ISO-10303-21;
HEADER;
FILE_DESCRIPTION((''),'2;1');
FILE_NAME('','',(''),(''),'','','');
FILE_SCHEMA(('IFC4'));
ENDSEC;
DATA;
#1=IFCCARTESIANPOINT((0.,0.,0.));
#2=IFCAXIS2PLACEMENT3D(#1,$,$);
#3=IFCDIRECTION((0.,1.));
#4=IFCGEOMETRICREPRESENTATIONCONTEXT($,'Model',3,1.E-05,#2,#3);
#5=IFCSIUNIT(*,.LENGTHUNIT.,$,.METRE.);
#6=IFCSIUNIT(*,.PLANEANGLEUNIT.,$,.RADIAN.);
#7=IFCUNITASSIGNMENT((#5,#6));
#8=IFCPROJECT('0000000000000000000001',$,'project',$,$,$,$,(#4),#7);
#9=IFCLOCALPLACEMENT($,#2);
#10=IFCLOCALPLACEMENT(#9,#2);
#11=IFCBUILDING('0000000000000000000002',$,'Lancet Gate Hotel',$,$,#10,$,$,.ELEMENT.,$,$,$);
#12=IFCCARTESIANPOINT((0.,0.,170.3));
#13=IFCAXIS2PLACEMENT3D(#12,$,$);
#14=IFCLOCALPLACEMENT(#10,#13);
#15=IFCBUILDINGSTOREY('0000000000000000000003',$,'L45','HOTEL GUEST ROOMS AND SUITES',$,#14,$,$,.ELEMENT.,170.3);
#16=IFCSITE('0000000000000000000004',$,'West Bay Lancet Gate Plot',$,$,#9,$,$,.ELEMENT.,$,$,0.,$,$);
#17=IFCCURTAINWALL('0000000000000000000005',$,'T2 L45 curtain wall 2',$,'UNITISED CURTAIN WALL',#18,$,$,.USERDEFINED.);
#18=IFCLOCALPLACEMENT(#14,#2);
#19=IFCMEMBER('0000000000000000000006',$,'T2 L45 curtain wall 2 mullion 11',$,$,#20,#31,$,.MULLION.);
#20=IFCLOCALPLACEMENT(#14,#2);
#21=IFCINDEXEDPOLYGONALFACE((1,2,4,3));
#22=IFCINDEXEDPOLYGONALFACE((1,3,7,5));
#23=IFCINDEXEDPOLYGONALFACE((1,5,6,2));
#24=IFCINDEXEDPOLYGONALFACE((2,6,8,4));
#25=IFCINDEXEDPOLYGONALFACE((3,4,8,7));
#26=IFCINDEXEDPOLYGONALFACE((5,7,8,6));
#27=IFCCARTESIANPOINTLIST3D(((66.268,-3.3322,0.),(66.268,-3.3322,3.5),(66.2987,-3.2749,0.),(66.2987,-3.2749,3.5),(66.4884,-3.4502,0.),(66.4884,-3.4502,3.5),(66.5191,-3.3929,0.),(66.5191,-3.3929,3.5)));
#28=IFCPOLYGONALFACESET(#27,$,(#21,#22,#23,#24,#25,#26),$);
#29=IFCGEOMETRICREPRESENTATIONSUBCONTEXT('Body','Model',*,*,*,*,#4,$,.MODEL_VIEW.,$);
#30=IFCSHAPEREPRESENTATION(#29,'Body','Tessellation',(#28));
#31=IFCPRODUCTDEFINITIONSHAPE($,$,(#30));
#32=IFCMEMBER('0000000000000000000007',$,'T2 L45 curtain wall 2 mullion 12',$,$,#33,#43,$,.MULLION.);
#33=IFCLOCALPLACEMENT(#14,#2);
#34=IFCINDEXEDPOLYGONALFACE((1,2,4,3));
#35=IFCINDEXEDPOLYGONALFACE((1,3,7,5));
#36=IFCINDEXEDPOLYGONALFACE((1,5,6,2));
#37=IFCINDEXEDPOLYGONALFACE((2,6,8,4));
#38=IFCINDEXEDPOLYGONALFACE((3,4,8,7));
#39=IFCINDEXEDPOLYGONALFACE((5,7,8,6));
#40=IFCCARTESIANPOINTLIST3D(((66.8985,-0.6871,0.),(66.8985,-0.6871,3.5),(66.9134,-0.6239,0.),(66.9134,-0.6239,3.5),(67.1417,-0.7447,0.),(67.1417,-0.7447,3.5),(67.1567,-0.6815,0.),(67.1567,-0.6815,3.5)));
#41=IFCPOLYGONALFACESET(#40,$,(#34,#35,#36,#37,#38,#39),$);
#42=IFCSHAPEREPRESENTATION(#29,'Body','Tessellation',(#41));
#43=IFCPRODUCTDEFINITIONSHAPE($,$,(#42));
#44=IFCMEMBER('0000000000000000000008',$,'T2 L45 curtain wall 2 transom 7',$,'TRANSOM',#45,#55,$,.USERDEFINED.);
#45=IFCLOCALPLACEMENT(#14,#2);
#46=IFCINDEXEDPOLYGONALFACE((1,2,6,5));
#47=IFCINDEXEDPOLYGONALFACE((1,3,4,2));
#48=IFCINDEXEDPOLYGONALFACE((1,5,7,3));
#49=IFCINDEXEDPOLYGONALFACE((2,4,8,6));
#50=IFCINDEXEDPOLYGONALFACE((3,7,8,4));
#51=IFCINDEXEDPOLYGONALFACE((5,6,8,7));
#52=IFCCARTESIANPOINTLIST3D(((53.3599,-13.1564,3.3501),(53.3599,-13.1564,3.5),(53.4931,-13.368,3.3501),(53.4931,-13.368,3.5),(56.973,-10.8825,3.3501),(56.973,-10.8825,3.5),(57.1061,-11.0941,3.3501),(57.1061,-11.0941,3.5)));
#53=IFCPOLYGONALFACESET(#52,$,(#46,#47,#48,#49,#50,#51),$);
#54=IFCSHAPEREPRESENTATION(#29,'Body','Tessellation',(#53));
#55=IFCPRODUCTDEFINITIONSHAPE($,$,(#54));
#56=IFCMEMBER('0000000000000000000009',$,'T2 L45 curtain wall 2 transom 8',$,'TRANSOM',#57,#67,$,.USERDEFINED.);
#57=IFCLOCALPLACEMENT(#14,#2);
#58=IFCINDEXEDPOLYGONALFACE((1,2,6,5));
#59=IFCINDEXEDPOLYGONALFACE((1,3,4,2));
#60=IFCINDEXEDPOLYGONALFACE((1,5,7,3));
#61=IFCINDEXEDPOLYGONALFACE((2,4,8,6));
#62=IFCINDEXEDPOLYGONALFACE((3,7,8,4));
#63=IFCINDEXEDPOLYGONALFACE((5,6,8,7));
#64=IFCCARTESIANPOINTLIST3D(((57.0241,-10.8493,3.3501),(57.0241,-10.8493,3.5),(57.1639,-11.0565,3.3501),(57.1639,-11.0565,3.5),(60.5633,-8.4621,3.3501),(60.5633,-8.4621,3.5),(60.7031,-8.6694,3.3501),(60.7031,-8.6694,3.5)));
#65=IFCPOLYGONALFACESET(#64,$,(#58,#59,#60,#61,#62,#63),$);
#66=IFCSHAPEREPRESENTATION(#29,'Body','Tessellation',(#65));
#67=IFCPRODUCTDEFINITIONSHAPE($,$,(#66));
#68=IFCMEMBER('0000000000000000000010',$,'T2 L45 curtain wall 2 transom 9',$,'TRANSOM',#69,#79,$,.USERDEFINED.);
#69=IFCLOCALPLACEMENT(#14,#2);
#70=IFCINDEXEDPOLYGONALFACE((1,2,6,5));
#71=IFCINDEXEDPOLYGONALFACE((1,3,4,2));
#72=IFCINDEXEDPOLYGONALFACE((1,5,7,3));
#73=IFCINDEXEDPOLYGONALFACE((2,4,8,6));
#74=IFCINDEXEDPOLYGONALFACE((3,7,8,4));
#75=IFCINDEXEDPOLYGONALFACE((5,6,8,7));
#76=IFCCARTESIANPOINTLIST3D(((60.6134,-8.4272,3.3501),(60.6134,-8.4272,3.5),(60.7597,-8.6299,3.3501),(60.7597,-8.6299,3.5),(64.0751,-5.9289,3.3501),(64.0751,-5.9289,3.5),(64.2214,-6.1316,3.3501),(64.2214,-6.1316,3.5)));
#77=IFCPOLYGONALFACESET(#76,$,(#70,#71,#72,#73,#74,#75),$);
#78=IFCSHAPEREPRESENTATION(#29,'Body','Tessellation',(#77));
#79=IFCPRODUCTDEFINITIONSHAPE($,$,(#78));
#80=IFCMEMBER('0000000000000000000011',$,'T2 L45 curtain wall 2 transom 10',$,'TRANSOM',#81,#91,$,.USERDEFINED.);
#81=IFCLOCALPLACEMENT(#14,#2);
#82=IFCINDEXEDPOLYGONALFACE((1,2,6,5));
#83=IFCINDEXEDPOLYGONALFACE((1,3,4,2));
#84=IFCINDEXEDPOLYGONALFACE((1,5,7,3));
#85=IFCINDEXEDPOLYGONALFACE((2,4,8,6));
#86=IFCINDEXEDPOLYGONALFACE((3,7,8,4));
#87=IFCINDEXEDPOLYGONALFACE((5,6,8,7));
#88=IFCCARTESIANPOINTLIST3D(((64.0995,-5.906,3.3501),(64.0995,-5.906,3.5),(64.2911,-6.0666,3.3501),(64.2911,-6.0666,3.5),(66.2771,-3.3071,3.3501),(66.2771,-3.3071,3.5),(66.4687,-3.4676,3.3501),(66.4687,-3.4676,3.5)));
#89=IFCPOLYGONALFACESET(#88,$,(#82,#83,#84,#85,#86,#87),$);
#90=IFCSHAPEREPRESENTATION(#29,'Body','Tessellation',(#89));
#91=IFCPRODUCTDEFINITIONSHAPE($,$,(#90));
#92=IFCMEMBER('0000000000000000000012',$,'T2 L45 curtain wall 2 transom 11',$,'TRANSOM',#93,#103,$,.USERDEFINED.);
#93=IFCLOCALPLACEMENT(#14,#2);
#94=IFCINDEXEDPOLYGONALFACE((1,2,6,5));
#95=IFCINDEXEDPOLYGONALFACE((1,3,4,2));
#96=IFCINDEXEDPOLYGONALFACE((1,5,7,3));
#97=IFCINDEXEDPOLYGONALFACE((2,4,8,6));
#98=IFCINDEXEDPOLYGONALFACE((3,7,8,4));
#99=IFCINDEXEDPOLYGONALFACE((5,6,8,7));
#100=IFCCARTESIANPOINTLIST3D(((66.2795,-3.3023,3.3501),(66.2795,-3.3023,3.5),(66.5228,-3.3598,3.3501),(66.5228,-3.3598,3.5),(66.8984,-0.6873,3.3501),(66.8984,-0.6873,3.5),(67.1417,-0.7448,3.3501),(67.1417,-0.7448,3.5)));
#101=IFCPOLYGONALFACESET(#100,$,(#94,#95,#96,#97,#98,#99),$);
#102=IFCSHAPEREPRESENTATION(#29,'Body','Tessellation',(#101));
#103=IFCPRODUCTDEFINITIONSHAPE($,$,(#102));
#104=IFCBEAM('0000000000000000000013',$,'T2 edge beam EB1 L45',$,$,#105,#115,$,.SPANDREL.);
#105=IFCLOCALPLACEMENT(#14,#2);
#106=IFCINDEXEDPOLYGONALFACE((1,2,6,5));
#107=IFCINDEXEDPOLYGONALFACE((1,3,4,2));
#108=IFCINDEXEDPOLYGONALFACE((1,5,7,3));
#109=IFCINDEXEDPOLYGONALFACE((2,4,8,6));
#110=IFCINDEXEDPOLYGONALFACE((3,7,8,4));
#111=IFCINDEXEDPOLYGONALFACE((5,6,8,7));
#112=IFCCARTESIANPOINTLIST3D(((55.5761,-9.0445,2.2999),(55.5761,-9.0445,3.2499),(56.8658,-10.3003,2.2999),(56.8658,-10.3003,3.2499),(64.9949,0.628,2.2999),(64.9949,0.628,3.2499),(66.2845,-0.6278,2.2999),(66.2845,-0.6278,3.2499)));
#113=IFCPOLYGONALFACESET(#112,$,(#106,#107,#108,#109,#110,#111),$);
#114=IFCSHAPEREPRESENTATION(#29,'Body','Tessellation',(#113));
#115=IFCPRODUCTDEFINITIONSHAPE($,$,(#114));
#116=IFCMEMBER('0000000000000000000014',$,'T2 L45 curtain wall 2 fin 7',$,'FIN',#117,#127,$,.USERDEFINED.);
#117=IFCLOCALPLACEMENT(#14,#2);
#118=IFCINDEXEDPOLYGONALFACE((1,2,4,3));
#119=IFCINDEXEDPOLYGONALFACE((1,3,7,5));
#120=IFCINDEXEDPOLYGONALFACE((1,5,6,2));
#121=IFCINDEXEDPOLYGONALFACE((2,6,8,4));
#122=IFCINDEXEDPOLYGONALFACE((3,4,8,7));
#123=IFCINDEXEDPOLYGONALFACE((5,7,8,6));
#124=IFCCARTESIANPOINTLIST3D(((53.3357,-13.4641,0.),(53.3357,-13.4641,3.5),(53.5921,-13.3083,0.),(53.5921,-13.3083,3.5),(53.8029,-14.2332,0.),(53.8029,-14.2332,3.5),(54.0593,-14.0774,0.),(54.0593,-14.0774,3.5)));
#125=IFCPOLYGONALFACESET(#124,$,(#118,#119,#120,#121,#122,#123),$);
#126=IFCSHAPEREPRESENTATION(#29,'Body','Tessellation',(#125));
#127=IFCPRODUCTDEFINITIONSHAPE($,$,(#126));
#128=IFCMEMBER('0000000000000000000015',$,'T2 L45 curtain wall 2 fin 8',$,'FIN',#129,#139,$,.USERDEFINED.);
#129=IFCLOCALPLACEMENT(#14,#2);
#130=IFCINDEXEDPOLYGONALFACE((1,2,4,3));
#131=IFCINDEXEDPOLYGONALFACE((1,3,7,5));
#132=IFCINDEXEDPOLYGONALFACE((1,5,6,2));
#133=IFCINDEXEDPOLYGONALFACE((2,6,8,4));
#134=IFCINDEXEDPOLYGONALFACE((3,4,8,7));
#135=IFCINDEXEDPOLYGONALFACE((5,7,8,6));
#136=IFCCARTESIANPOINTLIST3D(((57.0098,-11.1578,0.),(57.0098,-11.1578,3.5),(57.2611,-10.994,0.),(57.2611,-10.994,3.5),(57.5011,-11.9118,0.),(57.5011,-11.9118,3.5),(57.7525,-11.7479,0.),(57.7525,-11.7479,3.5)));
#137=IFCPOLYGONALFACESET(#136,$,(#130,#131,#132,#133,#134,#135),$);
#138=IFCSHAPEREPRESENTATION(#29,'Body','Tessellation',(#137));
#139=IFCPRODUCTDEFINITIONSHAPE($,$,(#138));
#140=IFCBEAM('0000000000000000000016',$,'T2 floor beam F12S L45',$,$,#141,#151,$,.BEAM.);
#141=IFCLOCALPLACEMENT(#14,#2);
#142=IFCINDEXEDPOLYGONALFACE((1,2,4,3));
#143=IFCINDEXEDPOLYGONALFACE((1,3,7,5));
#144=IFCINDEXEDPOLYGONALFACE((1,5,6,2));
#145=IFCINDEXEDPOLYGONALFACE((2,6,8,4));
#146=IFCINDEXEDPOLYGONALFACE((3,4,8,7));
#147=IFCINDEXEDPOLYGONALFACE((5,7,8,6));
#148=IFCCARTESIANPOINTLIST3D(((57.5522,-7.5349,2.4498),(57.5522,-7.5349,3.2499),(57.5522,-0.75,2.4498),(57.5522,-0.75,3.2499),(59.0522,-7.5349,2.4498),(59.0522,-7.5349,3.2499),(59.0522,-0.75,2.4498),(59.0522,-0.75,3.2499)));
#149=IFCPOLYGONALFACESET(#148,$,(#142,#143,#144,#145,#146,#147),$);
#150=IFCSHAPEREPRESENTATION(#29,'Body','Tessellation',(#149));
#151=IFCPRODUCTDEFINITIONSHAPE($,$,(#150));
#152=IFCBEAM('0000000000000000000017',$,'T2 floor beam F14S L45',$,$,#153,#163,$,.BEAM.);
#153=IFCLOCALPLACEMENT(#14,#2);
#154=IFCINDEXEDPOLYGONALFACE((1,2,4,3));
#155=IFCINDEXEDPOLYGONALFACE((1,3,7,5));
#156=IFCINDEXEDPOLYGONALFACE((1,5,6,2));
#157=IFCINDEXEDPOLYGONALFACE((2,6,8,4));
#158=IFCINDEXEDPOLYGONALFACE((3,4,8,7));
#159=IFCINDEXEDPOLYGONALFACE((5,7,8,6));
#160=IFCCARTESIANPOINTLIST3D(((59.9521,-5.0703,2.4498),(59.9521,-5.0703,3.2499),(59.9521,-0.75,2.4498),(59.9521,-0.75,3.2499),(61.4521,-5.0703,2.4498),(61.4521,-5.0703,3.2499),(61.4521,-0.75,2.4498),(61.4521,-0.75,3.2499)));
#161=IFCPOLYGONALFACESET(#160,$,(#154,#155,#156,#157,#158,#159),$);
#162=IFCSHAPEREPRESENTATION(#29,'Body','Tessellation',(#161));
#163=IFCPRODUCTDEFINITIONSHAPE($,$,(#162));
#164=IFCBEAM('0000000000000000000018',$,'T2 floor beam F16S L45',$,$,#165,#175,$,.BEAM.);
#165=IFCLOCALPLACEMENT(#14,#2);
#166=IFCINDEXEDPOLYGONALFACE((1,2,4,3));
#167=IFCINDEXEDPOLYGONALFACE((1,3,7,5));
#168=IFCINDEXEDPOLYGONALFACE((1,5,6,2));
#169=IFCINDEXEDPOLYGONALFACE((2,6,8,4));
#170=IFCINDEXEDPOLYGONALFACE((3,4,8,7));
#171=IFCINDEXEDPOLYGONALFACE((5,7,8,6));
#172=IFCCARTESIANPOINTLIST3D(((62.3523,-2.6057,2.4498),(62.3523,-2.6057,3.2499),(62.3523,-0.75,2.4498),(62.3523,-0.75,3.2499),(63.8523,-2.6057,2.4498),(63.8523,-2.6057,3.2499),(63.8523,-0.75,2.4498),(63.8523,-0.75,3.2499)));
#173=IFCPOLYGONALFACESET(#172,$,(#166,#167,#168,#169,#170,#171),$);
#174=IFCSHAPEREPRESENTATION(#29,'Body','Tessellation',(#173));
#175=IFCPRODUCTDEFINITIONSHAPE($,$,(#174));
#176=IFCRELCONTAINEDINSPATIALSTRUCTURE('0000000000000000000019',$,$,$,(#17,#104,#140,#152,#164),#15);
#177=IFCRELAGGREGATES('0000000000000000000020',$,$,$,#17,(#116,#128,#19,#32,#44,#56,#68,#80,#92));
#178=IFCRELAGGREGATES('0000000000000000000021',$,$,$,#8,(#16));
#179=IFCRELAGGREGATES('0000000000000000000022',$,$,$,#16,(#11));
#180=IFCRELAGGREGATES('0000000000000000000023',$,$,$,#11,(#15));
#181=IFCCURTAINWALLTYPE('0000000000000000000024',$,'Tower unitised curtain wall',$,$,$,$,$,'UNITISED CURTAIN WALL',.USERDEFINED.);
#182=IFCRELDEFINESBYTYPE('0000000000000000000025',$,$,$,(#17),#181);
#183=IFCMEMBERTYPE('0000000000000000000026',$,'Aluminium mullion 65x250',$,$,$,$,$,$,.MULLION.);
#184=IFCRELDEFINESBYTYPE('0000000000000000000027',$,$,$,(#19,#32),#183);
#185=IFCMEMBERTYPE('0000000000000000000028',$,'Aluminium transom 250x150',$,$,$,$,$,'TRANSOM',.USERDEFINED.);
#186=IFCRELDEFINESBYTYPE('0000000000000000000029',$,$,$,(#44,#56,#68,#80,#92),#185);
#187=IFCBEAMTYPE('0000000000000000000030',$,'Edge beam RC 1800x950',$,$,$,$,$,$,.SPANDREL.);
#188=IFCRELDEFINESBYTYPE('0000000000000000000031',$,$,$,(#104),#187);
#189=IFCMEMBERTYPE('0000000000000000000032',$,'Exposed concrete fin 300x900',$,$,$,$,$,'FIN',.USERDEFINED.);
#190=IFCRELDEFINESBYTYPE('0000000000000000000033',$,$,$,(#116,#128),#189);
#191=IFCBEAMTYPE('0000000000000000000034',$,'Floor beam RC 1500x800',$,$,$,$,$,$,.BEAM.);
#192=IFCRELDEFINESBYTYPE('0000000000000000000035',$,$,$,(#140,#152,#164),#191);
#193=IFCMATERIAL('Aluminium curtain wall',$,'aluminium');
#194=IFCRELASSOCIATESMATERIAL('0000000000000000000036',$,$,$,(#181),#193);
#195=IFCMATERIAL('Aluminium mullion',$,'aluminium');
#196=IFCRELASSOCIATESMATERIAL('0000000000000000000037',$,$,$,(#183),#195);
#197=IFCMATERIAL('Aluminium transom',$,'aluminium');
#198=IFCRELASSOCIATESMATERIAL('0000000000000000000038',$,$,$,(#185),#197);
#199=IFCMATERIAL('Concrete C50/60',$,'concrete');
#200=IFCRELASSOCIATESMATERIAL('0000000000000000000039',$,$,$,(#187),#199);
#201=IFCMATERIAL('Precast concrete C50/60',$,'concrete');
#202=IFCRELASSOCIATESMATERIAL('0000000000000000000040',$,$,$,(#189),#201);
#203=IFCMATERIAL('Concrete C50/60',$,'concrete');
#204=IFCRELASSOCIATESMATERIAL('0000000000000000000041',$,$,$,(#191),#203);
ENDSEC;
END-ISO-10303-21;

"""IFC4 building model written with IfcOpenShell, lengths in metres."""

from ifc_helpers import new_model, si_unit, direction, frame, origin, origin_2d, place, context, subcontext, project, spatial, rectangle, extrude, material, material_profile, profile_set, type_object, element, aggregate, save


model = new_model("IFC4")

# Units and contexts
model_context = context("Model", 3, precision=1e-05, world=origin(), true_north=direction((0.0, 1.0)))
body_context = subcontext(model_context, "Body", "Model", "MODEL_VIEW")
ifc_project = project(units=[si_unit("LENGTHUNIT", "METRE"), si_unit("PLANEANGLEUNIT", "RADIAN")], contexts=[model_context])

# Site, building, storey
site_placement = place(None, origin())
site = spatial("IfcSite", under=ifc_project, at=site_placement, Name="West Bay Lancet Gate Plot", CompositionType="ELEMENT", RefElevation=0.0)
building_placement = place(site_placement, origin())
building = spatial("IfcBuilding", under=site, at=building_placement, Name="Lancet Gate Hotel", CompositionType="ELEMENT")
storey_placement = place(building_placement, frame((0.0, 0.0, 170.3)))
storey = spatial("IfcBuildingStorey", under=building, at=storey_placement, Name="L45", Description="HOTEL GUEST ROOMS AND SUITES", CompositionType="ELEMENT", Elevation=170.3)

# Curtain wall, members
ifc_material_1 = material(Name="Aluminium curtain wall", Category="aluminium")
curtain_wall_type = type_object("IfcCurtainWallType", Name="Tower unitised curtain wall", ElementType="UNITISED CURTAIN WALL", PredefinedType="USERDEFINED", material=ifc_material_1)
curtain_wall_placement = place(storey_placement, origin())
curtain_wall = element("IfcCurtainWall", 1, at=curtain_wall_placement, inside=storey, type_object=curtain_wall_type, Name="T2 L45 curtain wall 2", ObjectType="UNITISED CURTAIN WALL", PredefinedType="USERDEFINED")
ifc_material_2 = material(Name="Aluminium mullion", Category="aluminium")
ifc_material_profile_1 = material_profile(ifc_material_2, rectangle(XDim=0.0649, YDim=0.25, at=origin_2d()), Name="MULLION 65x250")
ifc_profile_set_1 = profile_set([ifc_material_profile_1], Name="Aluminium mullion")
member_type_1 = type_object("IfcMemberType", Name="Aluminium mullion 65x250", PredefinedType="MULLION", material=ifc_profile_set_1)
member_1_placement = place(storey_placement, frame((66.3936, -3.3625, 0.0), z_axis=(0.0, 0.0, 1.0), x_axis=(0.472146, 0.88152, 0.0)))
member_1 = element("IfcMember", 2, at=member_1_placement, type_object=member_type_1, Name="T2 L45 curtain wall 2 mullion 11", PredefinedType="MULLION", context=body_context, shape_type="SweptSolid", body=[
    extrude(rectangle(XDim=0.0649, YDim=0.25, at=origin_2d()), origin(), (0.0, 0.0, 1.0), 3.5),
])
member_2_placement = place(storey_placement, frame((67.0276, -0.6843, 0.0), z_axis=(0.0, 0.0, 1.0), x_axis=(0.230367, 0.973104, 0.0)))
member_2 = element("IfcMember", 3, at=member_2_placement, type_object=member_type_1, Name="T2 L45 curtain wall 2 mullion 12", PredefinedType="MULLION", context=body_context, shape_type="SweptSolid", body=[
    extrude(rectangle(XDim=0.0649, YDim=0.25, at=origin_2d()), origin(), (0.0, 0.0, 1.0), 3.5),
])
ifc_material_3 = material(Name="Aluminium transom", Category="aluminium")
ifc_material_profile_2 = material_profile(ifc_material_3, rectangle(XDim=0.25, YDim=0.1499, at=origin_2d()), Name="TRANSOM 250x150")
ifc_profile_set_2 = profile_set([ifc_material_profile_2], Name="Aluminium transom")
member_type_2 = type_object("IfcMemberType", Name="Aluminium transom 250x150", ElementType="TRANSOM", PredefinedType="USERDEFINED", material=ifc_profile_set_2)
member_3_placement = place(storey_placement, frame((53.4265, -13.2622, 3.425), z_axis=(0.846333, 0.532654, 0.0), x_axis=(-0.532654, 0.846333, 0.0)))
member_3 = element("IfcMember", 4, at=member_3_placement, type_object=member_type_2, Name="T2 L45 curtain wall 2 transom 7", ObjectType="TRANSOM", PredefinedType="USERDEFINED", context=body_context, shape_type="SweptSolid", body=[
    extrude(rectangle(XDim=0.25, YDim=0.1499, at=origin_2d()), origin(), (0.0, 0.0, 1.0), 4.269),
])
member_4_placement = place(storey_placement, frame((57.094, -10.9529, 3.425), z_axis=(0.829047, 0.559179, 0.0), x_axis=(-0.559179, 0.829047, 0.0)))
member_4 = element("IfcMember", 5, at=member_4_placement, type_object=member_type_2, Name="T2 L45 curtain wall 2 transom 8", ObjectType="TRANSOM", PredefinedType="USERDEFINED", context=body_context, shape_type="SweptSolid", body=[
    extrude(rectangle(XDim=0.25, YDim=0.1499, at=origin_2d()), origin(), (0.0, 0.0, 1.0), 4.269),
])
member_5_placement = place(storey_placement, frame((60.6865, -8.5286, 3.425), z_axis=(0.81088, 0.585213, 0.0), x_axis=(-0.585213, 0.81088, 0.0)))
member_5 = element("IfcMember", 6, at=member_5_placement, type_object=member_type_2, Name="T2 L45 curtain wall 2 transom 9", ObjectType="TRANSOM", PredefinedType="USERDEFINED", context=body_context, shape_type="SweptSolid", body=[
    extrude(rectangle(XDim=0.25, YDim=0.1499, at=origin_2d()), origin(), (0.0, 0.0, 1.0), 4.269),
])
member_6_placement = place(storey_placement, frame((64.1953, -5.9863, 3.425), z_axis=(0.642229, 0.766513, 0.0), x_axis=(-0.766513, 0.642229, 0.0)))
member_6 = element("IfcMember", 7, at=member_6_placement, type_object=member_type_2, Name="T2 L45 curtain wall 2 transom 10", ObjectType="TRANSOM", PredefinedType="USERDEFINED", context=body_context, shape_type="SweptSolid", body=[
    extrude(rectangle(XDim=0.25, YDim=0.1499, at=origin_2d()), origin(), (0.0, 0.0, 1.0), 3.3906),
])
member_7_placement = place(storey_placement, frame((66.4011, -3.3311, 3.425), z_axis=(0.23031, 0.973117, 0.0), x_axis=(-0.973117, 0.23031, 0.0)))
member_7 = element("IfcMember", 8, at=member_7_placement, type_object=member_type_2, Name="T2 L45 curtain wall 2 transom 11", ObjectType="TRANSOM", PredefinedType="USERDEFINED", context=body_context, shape_type="SweptSolid", body=[
    extrude(rectangle(XDim=0.25, YDim=0.1499, at=origin_2d()), origin(), (0.0, 0.0, 1.0), 2.6873),
])

# Beam
ifc_material_4 = material(Name="Concrete C50/60", Category="concrete")
ifc_material_profile_3 = material_profile(ifc_material_4, rectangle(XDim=1.8, YDim=0.95, at=origin_2d()), Name="RC 1800x950")
ifc_profile_set_3 = profile_set([ifc_material_profile_3], Name="Concrete C50/60")
beam_type_1 = type_object("IfcBeamType", Name="Edge beam RC 1800x950", PredefinedType="SPANDREL", material=ifc_profile_set_3)
beam_1_placement = place(storey_placement, frame((56.2209, -9.6724, 2.7749), z_axis=(0.69765, 0.716439, 0.0), x_axis=(-0.716439, 0.69765, 0.0)))
element("IfcBeam", 9, at=beam_1_placement, inside=storey, type_object=beam_type_1, Name="T2 edge beam EB1 L45", PredefinedType="SPANDREL", context=body_context, shape_type="SweptSolid", body=[
    extrude(rectangle(XDim=1.8, YDim=0.95, at=origin_2d()), origin(), (0.0, 0.0, 1.0), 13.5007),
])

# Members
ifc_material_5 = material(Name="Precast concrete C50/60", Category="concrete")
ifc_material_profile_4 = material_profile(ifc_material_5, rectangle(XDim=0.3, YDim=0.8999, at=origin_2d()), Name="FIN 300x900")
ifc_profile_set_4 = profile_set([ifc_material_profile_4], Name="Precast concrete C50/60")
member_type_3 = type_object("IfcMemberType", Name="Exposed concrete fin 300x900", ElementType="FIN", PredefinedType="USERDEFINED", material=ifc_profile_set_4)
member_8_placement = place(storey_placement, frame((53.6975, -13.7708, 0.0), z_axis=(0.0, 0.0, 1.0), x_axis=(0.854691, 0.519137, 0.0)))
member_8 = element("IfcMember", 10, at=member_8_placement, type_object=member_type_3, Name="T2 L45 curtain wall 2 fin 7", ObjectType="FIN", PredefinedType="USERDEFINED", context=body_context, shape_type="SweptSolid", body=[
    extrude(rectangle(XDim=0.3, YDim=0.8999, at=origin_2d()), origin(), (0.0, 0.0, 1.0), 3.5),
])
member_9_placement = place(storey_placement, frame((57.3811, -11.4529, 0.0), z_axis=(0.0, 0.0, 1.0), x_axis=(0.837801, 0.545976, 0.0)))
member_9 = element("IfcMember", 11, at=member_9_placement, type_object=member_type_3, Name="T2 L45 curtain wall 2 fin 8", ObjectType="FIN", PredefinedType="USERDEFINED", context=body_context, shape_type="SweptSolid", body=[
    extrude(rectangle(XDim=0.3, YDim=0.8999, at=origin_2d()), origin(), (0.0, 0.0, 1.0), 3.5),
])

# Beams
ifc_material_6 = material(Name="Concrete C50/60", Category="concrete")
ifc_material_profile_5 = material_profile(ifc_material_6, rectangle(XDim=1.5, YDim=0.8, at=origin_2d()), Name="RC 1500x800")
ifc_profile_set_5 = profile_set([ifc_material_profile_5], Name="Concrete C50/60")
beam_type_2 = type_object("IfcBeamType", Name="Floor beam RC 1500x800", PredefinedType="BEAM", material=ifc_profile_set_5)
beam_2_placement = place(storey_placement, frame((58.3022, -7.5349, 2.8499), z_axis=(0.0, 1.0, 0.0), x_axis=(-1.0, 0.0, 0.0)))
element("IfcBeam", 12, at=beam_2_placement, inside=storey, type_object=beam_type_2, Name="T2 floor beam F12S L45", PredefinedType="BEAM", context=body_context, shape_type="SweptSolid", body=[
    extrude(rectangle(XDim=1.5, YDim=0.8, at=origin_2d()), origin(), (0.0, 0.0, 1.0), 6.7849),
])
beam_3_placement = place(storey_placement, frame((60.7021, -5.0703, 2.8499), z_axis=(0.0, 1.0, 0.0), x_axis=(-1.0, 0.0, 0.0)))
element("IfcBeam", 13, at=beam_3_placement, inside=storey, type_object=beam_type_2, Name="T2 floor beam F14S L45", PredefinedType="BEAM", context=body_context, shape_type="SweptSolid", body=[
    extrude(rectangle(XDim=1.5, YDim=0.8, at=origin_2d()), origin(), (0.0, 0.0, 1.0), 4.3203),
])
beam_4_placement = place(storey_placement, frame((63.1023, -2.6057, 2.8499), z_axis=(0.0, 1.0, 0.0), x_axis=(-1.0, 0.0, 0.0)))
element("IfcBeam", 14, at=beam_4_placement, inside=storey, type_object=beam_type_2, Name="T2 floor beam F16S L45", PredefinedType="BEAM", context=body_context, shape_type="SweptSolid", body=[
    extrude(rectangle(XDim=1.5, YDim=0.8, at=origin_2d()), origin(), (0.0, 0.0, 1.0), 1.8557),
])

aggregate(curtain_wall, [member_8, member_9, member_1, member_2, member_3, member_4, member_5, member_6, member_7])

save(model, "model.ifc")
